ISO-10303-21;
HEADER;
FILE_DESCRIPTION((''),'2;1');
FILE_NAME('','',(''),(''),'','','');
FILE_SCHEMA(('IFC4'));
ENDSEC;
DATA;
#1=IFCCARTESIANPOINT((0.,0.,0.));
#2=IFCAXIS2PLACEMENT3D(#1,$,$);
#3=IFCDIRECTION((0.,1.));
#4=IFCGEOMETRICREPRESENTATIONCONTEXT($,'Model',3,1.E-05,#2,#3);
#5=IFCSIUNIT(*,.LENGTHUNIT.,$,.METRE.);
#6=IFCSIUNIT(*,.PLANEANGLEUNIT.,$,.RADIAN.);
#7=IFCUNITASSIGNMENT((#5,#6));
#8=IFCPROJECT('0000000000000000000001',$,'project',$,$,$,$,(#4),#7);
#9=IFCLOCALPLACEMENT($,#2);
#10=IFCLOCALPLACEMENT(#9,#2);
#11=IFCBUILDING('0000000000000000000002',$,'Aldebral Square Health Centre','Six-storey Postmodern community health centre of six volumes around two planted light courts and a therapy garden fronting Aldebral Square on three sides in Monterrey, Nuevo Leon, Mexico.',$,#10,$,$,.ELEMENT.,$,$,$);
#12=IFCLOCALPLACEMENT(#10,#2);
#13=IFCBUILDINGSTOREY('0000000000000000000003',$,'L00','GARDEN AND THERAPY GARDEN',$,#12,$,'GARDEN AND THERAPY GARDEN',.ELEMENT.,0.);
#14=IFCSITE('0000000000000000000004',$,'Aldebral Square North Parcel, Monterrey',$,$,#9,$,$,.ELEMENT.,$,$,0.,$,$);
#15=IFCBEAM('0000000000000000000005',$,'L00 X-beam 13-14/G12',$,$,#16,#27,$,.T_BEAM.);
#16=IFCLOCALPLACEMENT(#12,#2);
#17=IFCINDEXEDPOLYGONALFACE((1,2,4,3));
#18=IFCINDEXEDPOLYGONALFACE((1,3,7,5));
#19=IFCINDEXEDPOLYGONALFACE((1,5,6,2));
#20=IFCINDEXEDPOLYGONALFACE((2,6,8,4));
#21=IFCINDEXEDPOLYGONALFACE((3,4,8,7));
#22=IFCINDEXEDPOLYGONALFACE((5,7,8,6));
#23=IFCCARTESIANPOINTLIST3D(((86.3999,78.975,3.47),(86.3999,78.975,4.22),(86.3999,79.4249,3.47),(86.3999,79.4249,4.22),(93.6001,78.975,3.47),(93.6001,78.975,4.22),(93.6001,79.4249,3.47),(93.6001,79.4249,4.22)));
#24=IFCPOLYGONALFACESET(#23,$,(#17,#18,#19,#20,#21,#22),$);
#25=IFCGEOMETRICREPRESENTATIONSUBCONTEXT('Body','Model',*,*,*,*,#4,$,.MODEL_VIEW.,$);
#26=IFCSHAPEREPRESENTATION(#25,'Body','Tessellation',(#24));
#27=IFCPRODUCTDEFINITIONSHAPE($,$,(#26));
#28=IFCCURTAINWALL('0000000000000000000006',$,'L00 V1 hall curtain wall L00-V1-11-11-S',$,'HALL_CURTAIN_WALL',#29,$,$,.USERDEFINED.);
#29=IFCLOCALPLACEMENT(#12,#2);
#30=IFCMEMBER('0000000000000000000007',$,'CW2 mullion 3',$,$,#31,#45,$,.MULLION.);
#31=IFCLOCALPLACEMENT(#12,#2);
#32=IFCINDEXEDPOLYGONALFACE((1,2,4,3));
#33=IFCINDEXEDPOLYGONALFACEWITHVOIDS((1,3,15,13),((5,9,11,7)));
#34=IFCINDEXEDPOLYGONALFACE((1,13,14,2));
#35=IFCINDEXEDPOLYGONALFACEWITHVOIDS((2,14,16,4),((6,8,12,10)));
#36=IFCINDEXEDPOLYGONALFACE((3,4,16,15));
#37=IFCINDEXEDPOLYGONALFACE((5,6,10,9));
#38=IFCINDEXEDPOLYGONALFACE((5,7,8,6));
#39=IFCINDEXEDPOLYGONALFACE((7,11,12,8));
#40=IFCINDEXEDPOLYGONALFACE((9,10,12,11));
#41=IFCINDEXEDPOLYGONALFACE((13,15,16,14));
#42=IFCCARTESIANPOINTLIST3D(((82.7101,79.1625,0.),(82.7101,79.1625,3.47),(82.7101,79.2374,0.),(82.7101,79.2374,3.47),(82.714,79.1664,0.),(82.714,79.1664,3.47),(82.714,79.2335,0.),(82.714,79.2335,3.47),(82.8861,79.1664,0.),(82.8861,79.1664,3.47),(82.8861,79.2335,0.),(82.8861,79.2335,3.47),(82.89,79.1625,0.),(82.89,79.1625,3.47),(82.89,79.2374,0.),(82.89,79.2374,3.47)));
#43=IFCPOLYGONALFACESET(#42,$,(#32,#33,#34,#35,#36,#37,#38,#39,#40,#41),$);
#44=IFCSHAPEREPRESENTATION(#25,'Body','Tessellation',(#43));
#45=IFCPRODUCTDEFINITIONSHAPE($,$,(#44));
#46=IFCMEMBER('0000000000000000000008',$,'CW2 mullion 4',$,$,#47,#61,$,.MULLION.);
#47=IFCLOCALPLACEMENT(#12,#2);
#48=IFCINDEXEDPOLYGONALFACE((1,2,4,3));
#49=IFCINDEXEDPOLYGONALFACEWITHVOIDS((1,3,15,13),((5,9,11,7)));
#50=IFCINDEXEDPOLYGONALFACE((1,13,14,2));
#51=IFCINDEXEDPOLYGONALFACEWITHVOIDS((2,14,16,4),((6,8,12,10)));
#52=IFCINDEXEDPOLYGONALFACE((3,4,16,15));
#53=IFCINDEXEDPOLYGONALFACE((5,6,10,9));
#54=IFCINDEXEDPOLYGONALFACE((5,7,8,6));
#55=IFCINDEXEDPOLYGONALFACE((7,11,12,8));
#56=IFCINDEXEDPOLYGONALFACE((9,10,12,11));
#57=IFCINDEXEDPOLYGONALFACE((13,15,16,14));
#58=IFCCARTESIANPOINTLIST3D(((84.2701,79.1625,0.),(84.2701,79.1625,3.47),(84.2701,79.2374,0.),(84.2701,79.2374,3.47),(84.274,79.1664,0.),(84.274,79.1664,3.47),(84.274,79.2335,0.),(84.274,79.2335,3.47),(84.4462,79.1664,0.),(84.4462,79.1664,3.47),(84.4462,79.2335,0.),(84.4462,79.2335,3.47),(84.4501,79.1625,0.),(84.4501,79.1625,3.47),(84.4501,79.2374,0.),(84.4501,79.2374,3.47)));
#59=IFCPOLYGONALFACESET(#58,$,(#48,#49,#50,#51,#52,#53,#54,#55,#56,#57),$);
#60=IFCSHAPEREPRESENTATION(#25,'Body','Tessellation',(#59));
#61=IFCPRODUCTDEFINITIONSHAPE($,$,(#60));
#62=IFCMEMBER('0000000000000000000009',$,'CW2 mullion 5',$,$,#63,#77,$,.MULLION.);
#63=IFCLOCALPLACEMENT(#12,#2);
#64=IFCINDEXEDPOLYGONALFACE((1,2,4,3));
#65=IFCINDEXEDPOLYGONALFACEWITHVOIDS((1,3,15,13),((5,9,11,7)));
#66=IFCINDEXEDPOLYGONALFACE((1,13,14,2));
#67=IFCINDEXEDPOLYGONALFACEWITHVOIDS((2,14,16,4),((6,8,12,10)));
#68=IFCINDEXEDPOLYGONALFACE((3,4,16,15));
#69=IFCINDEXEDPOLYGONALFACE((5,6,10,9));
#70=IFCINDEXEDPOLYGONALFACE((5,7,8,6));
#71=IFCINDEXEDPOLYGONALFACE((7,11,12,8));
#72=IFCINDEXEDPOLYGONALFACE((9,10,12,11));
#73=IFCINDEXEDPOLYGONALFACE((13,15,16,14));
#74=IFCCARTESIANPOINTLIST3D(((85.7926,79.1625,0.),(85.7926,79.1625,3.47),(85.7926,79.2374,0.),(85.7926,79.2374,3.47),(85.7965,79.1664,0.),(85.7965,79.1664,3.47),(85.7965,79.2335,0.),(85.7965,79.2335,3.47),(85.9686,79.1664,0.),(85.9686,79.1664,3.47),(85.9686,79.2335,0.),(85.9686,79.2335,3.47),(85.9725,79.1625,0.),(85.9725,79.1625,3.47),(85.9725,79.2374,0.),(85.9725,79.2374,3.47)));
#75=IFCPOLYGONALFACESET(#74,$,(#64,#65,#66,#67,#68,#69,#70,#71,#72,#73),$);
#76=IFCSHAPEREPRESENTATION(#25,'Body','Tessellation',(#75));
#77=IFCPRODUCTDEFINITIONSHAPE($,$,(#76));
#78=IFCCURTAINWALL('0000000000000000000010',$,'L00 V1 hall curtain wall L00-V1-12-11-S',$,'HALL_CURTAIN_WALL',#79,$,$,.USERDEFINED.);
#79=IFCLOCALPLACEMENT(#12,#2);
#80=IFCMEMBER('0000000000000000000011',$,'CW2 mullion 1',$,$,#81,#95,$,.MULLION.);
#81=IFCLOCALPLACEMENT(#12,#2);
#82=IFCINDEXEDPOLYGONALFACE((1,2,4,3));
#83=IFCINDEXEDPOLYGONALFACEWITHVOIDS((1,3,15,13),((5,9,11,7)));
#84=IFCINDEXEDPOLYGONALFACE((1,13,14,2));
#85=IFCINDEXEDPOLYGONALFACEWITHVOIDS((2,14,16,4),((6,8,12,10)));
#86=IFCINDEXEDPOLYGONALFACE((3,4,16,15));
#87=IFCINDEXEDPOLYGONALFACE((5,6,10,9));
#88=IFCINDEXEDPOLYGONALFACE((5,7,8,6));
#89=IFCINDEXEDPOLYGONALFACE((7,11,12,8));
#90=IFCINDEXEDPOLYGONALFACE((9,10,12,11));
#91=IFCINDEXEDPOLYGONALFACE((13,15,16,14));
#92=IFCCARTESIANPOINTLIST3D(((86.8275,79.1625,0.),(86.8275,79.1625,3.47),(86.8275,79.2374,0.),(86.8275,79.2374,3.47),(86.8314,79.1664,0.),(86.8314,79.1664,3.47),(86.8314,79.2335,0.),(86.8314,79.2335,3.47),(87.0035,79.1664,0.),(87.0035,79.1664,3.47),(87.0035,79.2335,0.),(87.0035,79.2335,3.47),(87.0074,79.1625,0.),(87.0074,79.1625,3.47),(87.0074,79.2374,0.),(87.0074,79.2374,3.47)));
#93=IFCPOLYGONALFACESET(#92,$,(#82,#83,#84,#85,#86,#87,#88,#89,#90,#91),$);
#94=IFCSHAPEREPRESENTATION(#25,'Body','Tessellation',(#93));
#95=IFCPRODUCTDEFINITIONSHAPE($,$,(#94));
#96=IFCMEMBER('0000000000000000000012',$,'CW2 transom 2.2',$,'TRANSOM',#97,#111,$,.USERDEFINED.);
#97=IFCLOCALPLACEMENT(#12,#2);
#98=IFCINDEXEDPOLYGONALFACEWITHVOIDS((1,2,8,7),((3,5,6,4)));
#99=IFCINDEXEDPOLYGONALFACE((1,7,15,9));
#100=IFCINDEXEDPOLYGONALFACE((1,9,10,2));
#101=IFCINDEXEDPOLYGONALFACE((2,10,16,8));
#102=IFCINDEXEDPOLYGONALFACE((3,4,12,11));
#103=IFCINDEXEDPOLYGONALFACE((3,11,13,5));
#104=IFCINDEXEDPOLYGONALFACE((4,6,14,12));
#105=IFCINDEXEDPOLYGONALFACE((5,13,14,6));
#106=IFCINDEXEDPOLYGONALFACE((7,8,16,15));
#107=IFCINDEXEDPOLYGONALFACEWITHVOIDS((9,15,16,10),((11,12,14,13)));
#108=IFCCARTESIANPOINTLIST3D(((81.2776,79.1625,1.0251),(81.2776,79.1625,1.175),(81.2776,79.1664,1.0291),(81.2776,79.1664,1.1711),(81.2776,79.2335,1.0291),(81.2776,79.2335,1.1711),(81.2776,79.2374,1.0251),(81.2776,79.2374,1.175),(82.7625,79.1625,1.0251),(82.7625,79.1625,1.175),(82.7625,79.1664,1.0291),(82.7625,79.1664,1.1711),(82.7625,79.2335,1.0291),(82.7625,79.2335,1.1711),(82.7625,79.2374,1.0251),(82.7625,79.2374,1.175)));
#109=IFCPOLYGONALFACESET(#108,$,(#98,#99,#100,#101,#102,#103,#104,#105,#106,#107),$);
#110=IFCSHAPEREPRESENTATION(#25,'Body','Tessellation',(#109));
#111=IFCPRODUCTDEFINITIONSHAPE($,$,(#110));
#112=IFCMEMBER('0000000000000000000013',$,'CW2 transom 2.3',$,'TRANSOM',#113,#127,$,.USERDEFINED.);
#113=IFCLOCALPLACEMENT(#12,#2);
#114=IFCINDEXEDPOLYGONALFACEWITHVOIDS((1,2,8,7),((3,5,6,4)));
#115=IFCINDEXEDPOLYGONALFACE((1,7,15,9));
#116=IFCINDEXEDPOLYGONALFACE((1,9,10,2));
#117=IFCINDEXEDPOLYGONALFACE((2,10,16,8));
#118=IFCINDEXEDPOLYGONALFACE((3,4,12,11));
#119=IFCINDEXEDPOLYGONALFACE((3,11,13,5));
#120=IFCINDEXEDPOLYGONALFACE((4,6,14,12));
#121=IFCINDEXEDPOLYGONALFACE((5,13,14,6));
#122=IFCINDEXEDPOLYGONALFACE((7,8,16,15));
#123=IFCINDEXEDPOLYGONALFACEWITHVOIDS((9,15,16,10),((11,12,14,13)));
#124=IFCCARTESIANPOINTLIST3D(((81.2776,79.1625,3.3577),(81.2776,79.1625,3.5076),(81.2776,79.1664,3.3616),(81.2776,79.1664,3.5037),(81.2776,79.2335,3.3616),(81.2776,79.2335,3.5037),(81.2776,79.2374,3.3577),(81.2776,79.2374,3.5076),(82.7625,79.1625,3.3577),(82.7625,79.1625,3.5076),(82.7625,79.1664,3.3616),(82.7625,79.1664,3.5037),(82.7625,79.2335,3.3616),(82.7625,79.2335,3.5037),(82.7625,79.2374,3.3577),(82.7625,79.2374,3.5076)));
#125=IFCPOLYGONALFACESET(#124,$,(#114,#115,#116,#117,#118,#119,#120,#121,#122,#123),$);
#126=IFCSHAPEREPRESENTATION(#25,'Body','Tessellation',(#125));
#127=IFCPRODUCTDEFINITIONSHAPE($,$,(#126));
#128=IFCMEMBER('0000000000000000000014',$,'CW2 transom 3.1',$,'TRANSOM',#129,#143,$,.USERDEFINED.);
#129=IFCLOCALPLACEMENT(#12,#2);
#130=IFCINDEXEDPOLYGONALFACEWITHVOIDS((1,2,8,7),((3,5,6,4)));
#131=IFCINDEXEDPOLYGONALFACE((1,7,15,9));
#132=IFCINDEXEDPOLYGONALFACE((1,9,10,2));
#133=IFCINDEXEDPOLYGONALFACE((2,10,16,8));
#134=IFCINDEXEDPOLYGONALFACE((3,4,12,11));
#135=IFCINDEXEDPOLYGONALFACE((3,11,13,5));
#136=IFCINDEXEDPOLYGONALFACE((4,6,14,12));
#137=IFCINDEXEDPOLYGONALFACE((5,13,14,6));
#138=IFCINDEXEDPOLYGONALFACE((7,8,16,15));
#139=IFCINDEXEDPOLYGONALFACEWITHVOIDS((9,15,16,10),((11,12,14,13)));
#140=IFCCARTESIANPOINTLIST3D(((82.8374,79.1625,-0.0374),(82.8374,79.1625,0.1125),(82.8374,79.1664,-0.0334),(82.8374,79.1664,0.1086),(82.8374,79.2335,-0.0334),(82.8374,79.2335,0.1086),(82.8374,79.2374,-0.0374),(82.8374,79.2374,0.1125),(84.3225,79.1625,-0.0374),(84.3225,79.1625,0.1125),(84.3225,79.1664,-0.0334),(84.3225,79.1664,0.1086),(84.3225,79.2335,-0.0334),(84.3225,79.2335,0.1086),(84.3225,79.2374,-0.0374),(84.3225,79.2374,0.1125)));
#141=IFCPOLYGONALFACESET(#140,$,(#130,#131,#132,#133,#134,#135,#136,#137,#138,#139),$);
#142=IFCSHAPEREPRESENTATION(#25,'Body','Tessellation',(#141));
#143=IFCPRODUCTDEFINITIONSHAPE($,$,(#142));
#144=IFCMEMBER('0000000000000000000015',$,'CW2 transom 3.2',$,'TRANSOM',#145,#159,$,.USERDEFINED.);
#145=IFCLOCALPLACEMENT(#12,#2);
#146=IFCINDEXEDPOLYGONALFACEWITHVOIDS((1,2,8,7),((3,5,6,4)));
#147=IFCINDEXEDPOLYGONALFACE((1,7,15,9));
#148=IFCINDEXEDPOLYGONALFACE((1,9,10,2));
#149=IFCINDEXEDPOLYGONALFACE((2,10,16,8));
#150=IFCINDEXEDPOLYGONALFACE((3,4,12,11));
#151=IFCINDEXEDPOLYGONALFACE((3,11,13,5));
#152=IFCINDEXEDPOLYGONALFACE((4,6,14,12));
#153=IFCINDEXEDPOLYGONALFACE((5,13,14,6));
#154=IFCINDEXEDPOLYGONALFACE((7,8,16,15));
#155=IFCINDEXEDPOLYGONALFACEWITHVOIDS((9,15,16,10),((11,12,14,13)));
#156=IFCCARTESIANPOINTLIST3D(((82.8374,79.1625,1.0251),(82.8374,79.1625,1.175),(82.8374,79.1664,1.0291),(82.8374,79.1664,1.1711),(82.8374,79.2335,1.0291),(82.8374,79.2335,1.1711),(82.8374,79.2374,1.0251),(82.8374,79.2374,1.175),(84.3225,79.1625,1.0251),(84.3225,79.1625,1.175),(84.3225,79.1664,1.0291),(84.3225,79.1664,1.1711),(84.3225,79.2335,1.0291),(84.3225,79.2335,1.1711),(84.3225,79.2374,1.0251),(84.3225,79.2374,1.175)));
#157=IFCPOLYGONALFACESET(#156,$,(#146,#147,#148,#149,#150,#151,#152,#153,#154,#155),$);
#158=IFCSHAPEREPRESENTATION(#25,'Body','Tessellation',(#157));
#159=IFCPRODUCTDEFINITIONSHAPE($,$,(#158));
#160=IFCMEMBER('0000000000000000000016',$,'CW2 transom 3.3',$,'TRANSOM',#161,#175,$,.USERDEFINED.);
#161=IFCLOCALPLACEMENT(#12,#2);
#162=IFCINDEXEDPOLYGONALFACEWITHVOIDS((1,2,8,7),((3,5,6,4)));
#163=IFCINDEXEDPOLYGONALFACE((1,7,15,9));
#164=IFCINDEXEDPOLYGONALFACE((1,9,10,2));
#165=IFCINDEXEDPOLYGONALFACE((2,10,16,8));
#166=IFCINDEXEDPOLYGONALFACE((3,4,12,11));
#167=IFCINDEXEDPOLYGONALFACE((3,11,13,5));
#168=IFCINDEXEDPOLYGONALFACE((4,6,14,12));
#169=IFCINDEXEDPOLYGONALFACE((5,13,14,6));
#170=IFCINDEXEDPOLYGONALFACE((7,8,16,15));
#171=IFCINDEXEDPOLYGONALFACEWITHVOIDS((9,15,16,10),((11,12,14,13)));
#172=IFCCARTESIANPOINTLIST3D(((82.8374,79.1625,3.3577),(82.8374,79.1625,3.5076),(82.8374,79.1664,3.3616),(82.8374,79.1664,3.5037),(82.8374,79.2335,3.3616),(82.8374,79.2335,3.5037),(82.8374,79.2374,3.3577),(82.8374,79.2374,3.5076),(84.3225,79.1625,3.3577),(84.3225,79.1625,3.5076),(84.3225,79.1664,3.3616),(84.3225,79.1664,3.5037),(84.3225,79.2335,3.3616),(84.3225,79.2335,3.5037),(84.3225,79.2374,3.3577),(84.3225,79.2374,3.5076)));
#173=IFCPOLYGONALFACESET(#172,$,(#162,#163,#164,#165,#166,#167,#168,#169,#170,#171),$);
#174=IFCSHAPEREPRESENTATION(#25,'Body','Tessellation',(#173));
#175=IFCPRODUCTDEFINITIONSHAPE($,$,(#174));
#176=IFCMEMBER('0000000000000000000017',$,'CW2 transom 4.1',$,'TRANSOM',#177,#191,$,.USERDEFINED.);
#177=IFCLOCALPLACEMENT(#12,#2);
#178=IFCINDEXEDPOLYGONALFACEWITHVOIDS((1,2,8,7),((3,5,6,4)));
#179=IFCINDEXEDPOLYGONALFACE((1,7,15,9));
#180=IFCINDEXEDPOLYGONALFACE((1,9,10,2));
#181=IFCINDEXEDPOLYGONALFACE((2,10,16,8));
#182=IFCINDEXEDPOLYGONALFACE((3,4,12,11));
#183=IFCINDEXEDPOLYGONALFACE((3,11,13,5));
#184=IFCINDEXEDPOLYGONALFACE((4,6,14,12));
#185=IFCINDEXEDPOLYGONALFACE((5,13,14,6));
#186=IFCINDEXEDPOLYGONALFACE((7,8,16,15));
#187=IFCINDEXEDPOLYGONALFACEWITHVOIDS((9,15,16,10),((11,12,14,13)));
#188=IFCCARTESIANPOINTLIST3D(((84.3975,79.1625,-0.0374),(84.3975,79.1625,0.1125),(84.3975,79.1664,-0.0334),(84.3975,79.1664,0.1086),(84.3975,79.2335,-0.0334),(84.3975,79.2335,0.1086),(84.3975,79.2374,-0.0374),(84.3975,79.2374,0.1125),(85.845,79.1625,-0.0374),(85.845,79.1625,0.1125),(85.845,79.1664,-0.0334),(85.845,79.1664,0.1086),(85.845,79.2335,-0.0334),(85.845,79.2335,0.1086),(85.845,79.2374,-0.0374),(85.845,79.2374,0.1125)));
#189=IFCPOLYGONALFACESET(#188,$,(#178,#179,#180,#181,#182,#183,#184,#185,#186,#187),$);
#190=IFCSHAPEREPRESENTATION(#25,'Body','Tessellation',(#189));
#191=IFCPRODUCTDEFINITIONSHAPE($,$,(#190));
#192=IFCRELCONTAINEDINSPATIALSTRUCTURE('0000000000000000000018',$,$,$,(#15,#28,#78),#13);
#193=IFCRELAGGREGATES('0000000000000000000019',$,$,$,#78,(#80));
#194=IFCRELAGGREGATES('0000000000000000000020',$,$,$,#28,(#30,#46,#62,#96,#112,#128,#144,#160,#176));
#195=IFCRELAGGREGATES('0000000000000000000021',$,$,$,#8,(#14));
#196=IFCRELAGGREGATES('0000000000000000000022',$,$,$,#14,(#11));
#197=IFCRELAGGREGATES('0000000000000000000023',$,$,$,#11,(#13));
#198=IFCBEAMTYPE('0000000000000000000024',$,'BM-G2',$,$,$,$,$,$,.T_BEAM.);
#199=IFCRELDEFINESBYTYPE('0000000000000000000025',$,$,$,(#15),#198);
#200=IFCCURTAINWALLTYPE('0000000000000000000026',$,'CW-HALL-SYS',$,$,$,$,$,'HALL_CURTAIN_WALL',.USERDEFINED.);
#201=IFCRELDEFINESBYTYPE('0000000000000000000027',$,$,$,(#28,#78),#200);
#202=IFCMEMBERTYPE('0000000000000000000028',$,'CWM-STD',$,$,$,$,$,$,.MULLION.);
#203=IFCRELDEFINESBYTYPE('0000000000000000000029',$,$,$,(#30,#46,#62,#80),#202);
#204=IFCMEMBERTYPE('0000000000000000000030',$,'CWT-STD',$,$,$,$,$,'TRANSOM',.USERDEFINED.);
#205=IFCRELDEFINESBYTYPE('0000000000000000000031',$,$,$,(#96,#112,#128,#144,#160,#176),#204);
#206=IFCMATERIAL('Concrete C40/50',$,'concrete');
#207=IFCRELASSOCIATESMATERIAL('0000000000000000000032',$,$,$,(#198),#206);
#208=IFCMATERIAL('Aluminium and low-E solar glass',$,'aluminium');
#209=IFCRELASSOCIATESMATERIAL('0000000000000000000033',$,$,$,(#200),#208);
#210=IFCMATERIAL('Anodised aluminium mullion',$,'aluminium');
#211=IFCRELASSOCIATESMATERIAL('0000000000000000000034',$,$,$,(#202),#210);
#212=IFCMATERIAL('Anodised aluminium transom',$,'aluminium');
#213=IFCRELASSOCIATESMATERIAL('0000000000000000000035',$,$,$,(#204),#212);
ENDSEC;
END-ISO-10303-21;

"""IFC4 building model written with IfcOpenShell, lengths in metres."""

from ifc_helpers import new_model, si_unit, direction, frame, origin, origin_2d, place, context, subcontext, project, spatial, rectangle, hollow_rectangle, extrude, material, material_profile, profile_set, type_object, element, aggregate, save


model = new_model("IFC4")

# Units and contexts
model_context = context("Model", 3, precision=1e-05, world=origin(), true_north=direction((0.0, 1.0)))
body_context = subcontext(model_context, "Body", "Model", "MODEL_VIEW")
ifc_project = project(units=[si_unit("LENGTHUNIT", "METRE"), si_unit("PLANEANGLEUNIT", "RADIAN")], contexts=[model_context])

# Site, building, storey
site_placement = place(None, origin())
site = spatial("IfcSite", under=ifc_project, at=site_placement, Name="Aldebral Square North Parcel, Monterrey", CompositionType="ELEMENT", RefElevation=0.0)
building_placement = place(site_placement, origin())
building = spatial("IfcBuilding", under=site, at=building_placement, Name="Aldebral Square Health Centre", Description="Six-storey Postmodern community health centre of six volumes around two planted light courts and a therapy garden fronting Aldebral Square on three sides in Monterrey, Nuevo Leon, Mexico.", CompositionType="ELEMENT")
storey_placement = place(building_placement, origin())
storey = spatial("IfcBuildingStorey", under=building, at=storey_placement, Name="L00", Description="GARDEN AND THERAPY GARDEN", LongName="GARDEN AND THERAPY GARDEN", CompositionType="ELEMENT", Elevation=0.0)

# Shared definitions
ifc_material_1 = material(Name="Concrete C40/50", Category="concrete")

# Beam
ifc_material_profile_1 = material_profile(ifc_material_1, rectangle(XDim=0.45, YDim=0.75, at=origin_2d()), Name="RC 450x750")
ifc_profile_set_1 = profile_set([ifc_material_profile_1], Name="Concrete C40/50")
beam_type_1 = type_object("IfcBeamType", Name="BM-G2", PredefinedType="T_BEAM", material=ifc_profile_set_1)
beam_1_placement = place(storey_placement, frame((86.3999, 79.2, 3.845), z_axis=(1.0, 0.0, 0.0), x_axis=(0.0, 1.0, 0.0)))
element("IfcBeam", 1, at=beam_1_placement, inside=storey, type_object=beam_type_1, Name="L00 X-beam 13-14/G12", PredefinedType="T_BEAM", context=body_context, shape_type="SweptSolid", body=[
    extrude(rectangle(XDim=0.45, YDim=0.75, at=origin_2d()), origin(), (0.0, 0.0, 1.0), 7.2002),
])

# Curtain wall, members
ifc_material_2 = material(Name="Aluminium and low-E solar glass", Category="aluminium")
curtain_wall_type = type_object("IfcCurtainWallType", Name="CW-HALL-SYS", ElementType="HALL_CURTAIN_WALL", PredefinedType="USERDEFINED", material=ifc_material_2)
curtain_wall_1_placement = place(storey_placement, origin())
curtain_wall_1 = element("IfcCurtainWall", 2, at=curtain_wall_1_placement, inside=storey, type_object=curtain_wall_type, Name="L00 V1 hall curtain wall L00-V1-11-11-S", ObjectType="HALL_CURTAIN_WALL", PredefinedType="USERDEFINED")
ifc_material_3 = material(Name="Anodised aluminium mullion", Category="aluminium")
ifc_material_profile_2 = material_profile(ifc_material_3, hollow_rectangle(XDim=0.075, YDim=0.1799, WallThickness=0.0039, at=origin_2d()), Name="CWM 75x180x4")
ifc_profile_set_2 = profile_set([ifc_material_profile_2], Name="Anodised aluminium mullion")
member_type_1 = type_object("IfcMemberType", Name="CWM-STD", PredefinedType="MULLION", material=ifc_profile_set_2)
member_1_placement = place(storey_placement, frame((82.8, 79.2, 0.0), z_axis=(0.0, 0.0, 1.0), x_axis=(0.0, 1.0, 0.0)))
member_1 = element("IfcMember", 3, at=member_1_placement, type_object=member_type_1, Name="CW2 mullion 3", PredefinedType="MULLION", context=body_context, shape_type="SweptSolid", body=[
    extrude(hollow_rectangle(XDim=0.075, YDim=0.1799, WallThickness=0.0039, at=origin_2d()), origin(), (0.0, 0.0, 1.0), 3.47),
])
member_2_placement = place(storey_placement, frame((84.3601, 79.2, 0.0), z_axis=(0.0, 0.0, 1.0), x_axis=(0.0, 1.0, 0.0)))
member_2 = element("IfcMember", 4, at=member_2_placement, type_object=member_type_1, Name="CW2 mullion 4", PredefinedType="MULLION", context=body_context, shape_type="SweptSolid", body=[
    extrude(hollow_rectangle(XDim=0.075, YDim=0.1799, WallThickness=0.0039, at=origin_2d()), origin(), (0.0, 0.0, 1.0), 3.47),
])
member_3_placement = place(storey_placement, frame((85.8826, 79.2, 0.0), z_axis=(0.0, 0.0, 1.0), x_axis=(0.0, 1.0, 0.0)))
member_3 = element("IfcMember", 5, at=member_3_placement, type_object=member_type_1, Name="CW2 mullion 5", PredefinedType="MULLION", context=body_context, shape_type="SweptSolid", body=[
    extrude(hollow_rectangle(XDim=0.075, YDim=0.1799, WallThickness=0.0039, at=origin_2d()), origin(), (0.0, 0.0, 1.0), 3.47),
])

# Curtain wall, member
curtain_wall_2_placement = place(storey_placement, origin())
curtain_wall_2 = element("IfcCurtainWall", 6, at=curtain_wall_2_placement, inside=storey, type_object=curtain_wall_type, Name="L00 V1 hall curtain wall L00-V1-12-11-S", ObjectType="HALL_CURTAIN_WALL", PredefinedType="USERDEFINED")
member_4_placement = place(storey_placement, frame((86.9175, 79.2, 0.0), z_axis=(0.0, 0.0, 1.0), x_axis=(0.0, 1.0, 0.0)))
member_4 = element("IfcMember", 7, at=member_4_placement, type_object=member_type_1, Name="CW2 mullion 1", PredefinedType="MULLION", context=body_context, shape_type="SweptSolid", body=[
    extrude(hollow_rectangle(XDim=0.075, YDim=0.1799, WallThickness=0.0039, at=origin_2d()), origin(), (0.0, 0.0, 1.0), 3.47),
])
aggregate(curtain_wall_2, [member_4])

# Members
ifc_material_4 = material(Name="Anodised aluminium transom", Category="aluminium")
ifc_material_profile_3 = material_profile(ifc_material_4, hollow_rectangle(XDim=0.075, YDim=0.1499, WallThickness=0.0039, at=origin_2d()), Name="CWT 75x150x4")
ifc_profile_set_3 = profile_set([ifc_material_profile_3], Name="Anodised aluminium transom")
member_type_2 = type_object("IfcMemberType", Name="CWT-STD", ElementType="TRANSOM", PredefinedType="USERDEFINED", material=ifc_profile_set_3)
member_5_placement = place(storey_placement, frame((81.2776, 79.2, 1.1001), z_axis=(1.0, 0.0, 0.0), x_axis=(0.0, 1.0, 0.0)))
member_5 = element("IfcMember", 8, at=member_5_placement, type_object=member_type_2, Name="CW2 transom 2.2", ObjectType="TRANSOM", PredefinedType="USERDEFINED", context=body_context, shape_type="SweptSolid", body=[
    extrude(hollow_rectangle(XDim=0.075, YDim=0.1499, WallThickness=0.0039, at=origin_2d()), origin(), (0.0, 0.0, 1.0), 1.4849),
])
member_6_placement = place(storey_placement, frame((81.2776, 79.2, 3.4326), z_axis=(1.0, 0.0, 0.0), x_axis=(0.0, 1.0, 0.0)))
member_6 = element("IfcMember", 9, at=member_6_placement, type_object=member_type_2, Name="CW2 transom 2.3", ObjectType="TRANSOM", PredefinedType="USERDEFINED", context=body_context, shape_type="SweptSolid", body=[
    extrude(hollow_rectangle(XDim=0.075, YDim=0.1499, WallThickness=0.0039, at=origin_2d()), origin(), (0.0, 0.0, 1.0), 1.4849),
])
member_7_placement = place(storey_placement, frame((82.8374, 79.2, 0.0376), z_axis=(1.0, 0.0, 0.0), x_axis=(0.0, 1.0, 0.0)))
member_7 = element("IfcMember", 10, at=member_7_placement, type_object=member_type_2, Name="CW2 transom 3.1", ObjectType="TRANSOM", PredefinedType="USERDEFINED", context=body_context, shape_type="SweptSolid", body=[
    extrude(hollow_rectangle(XDim=0.075, YDim=0.1499, WallThickness=0.0039, at=origin_2d()), origin(), (0.0, 0.0, 1.0), 1.4851),
])
member_8_placement = place(storey_placement, frame((82.8374, 79.2, 1.1001), z_axis=(1.0, 0.0, 0.0), x_axis=(0.0, 1.0, 0.0)))
member_8 = element("IfcMember", 11, at=member_8_placement, type_object=member_type_2, Name="CW2 transom 3.2", ObjectType="TRANSOM", PredefinedType="USERDEFINED", context=body_context, shape_type="SweptSolid", body=[
    extrude(hollow_rectangle(XDim=0.075, YDim=0.1499, WallThickness=0.0039, at=origin_2d()), origin(), (0.0, 0.0, 1.0), 1.4851),
])
member_9_placement = place(storey_placement, frame((82.8374, 79.2, 3.4326), z_axis=(1.0, 0.0, 0.0), x_axis=(0.0, 1.0, 0.0)))
member_9 = element("IfcMember", 12, at=member_9_placement, type_object=member_type_2, Name="CW2 transom 3.3", ObjectType="TRANSOM", PredefinedType="USERDEFINED", context=body_context, shape_type="SweptSolid", body=[
    extrude(hollow_rectangle(XDim=0.075, YDim=0.1499, WallThickness=0.0039, at=origin_2d()), origin(), (0.0, 0.0, 1.0), 1.4851),
])
member_10_placement = place(storey_placement, frame((84.3975, 79.2, 0.0376), z_axis=(1.0, 0.0, 0.0), x_axis=(0.0, 1.0, 0.0)))
member_10 = element("IfcMember", 13, at=member_10_placement, type_object=member_type_2, Name="CW2 transom 4.1", ObjectType="TRANSOM", PredefinedType="USERDEFINED", context=body_context, shape_type="SweptSolid", body=[
    extrude(hollow_rectangle(XDim=0.075, YDim=0.1499, WallThickness=0.0039, at=origin_2d()), origin(), (0.0, 0.0, 1.0), 1.4475),
])

aggregate(curtain_wall_1, [member_1, member_2, member_3, member_5, member_6, member_7, member_8, member_9, member_10])

save(model, "model.ifc")
